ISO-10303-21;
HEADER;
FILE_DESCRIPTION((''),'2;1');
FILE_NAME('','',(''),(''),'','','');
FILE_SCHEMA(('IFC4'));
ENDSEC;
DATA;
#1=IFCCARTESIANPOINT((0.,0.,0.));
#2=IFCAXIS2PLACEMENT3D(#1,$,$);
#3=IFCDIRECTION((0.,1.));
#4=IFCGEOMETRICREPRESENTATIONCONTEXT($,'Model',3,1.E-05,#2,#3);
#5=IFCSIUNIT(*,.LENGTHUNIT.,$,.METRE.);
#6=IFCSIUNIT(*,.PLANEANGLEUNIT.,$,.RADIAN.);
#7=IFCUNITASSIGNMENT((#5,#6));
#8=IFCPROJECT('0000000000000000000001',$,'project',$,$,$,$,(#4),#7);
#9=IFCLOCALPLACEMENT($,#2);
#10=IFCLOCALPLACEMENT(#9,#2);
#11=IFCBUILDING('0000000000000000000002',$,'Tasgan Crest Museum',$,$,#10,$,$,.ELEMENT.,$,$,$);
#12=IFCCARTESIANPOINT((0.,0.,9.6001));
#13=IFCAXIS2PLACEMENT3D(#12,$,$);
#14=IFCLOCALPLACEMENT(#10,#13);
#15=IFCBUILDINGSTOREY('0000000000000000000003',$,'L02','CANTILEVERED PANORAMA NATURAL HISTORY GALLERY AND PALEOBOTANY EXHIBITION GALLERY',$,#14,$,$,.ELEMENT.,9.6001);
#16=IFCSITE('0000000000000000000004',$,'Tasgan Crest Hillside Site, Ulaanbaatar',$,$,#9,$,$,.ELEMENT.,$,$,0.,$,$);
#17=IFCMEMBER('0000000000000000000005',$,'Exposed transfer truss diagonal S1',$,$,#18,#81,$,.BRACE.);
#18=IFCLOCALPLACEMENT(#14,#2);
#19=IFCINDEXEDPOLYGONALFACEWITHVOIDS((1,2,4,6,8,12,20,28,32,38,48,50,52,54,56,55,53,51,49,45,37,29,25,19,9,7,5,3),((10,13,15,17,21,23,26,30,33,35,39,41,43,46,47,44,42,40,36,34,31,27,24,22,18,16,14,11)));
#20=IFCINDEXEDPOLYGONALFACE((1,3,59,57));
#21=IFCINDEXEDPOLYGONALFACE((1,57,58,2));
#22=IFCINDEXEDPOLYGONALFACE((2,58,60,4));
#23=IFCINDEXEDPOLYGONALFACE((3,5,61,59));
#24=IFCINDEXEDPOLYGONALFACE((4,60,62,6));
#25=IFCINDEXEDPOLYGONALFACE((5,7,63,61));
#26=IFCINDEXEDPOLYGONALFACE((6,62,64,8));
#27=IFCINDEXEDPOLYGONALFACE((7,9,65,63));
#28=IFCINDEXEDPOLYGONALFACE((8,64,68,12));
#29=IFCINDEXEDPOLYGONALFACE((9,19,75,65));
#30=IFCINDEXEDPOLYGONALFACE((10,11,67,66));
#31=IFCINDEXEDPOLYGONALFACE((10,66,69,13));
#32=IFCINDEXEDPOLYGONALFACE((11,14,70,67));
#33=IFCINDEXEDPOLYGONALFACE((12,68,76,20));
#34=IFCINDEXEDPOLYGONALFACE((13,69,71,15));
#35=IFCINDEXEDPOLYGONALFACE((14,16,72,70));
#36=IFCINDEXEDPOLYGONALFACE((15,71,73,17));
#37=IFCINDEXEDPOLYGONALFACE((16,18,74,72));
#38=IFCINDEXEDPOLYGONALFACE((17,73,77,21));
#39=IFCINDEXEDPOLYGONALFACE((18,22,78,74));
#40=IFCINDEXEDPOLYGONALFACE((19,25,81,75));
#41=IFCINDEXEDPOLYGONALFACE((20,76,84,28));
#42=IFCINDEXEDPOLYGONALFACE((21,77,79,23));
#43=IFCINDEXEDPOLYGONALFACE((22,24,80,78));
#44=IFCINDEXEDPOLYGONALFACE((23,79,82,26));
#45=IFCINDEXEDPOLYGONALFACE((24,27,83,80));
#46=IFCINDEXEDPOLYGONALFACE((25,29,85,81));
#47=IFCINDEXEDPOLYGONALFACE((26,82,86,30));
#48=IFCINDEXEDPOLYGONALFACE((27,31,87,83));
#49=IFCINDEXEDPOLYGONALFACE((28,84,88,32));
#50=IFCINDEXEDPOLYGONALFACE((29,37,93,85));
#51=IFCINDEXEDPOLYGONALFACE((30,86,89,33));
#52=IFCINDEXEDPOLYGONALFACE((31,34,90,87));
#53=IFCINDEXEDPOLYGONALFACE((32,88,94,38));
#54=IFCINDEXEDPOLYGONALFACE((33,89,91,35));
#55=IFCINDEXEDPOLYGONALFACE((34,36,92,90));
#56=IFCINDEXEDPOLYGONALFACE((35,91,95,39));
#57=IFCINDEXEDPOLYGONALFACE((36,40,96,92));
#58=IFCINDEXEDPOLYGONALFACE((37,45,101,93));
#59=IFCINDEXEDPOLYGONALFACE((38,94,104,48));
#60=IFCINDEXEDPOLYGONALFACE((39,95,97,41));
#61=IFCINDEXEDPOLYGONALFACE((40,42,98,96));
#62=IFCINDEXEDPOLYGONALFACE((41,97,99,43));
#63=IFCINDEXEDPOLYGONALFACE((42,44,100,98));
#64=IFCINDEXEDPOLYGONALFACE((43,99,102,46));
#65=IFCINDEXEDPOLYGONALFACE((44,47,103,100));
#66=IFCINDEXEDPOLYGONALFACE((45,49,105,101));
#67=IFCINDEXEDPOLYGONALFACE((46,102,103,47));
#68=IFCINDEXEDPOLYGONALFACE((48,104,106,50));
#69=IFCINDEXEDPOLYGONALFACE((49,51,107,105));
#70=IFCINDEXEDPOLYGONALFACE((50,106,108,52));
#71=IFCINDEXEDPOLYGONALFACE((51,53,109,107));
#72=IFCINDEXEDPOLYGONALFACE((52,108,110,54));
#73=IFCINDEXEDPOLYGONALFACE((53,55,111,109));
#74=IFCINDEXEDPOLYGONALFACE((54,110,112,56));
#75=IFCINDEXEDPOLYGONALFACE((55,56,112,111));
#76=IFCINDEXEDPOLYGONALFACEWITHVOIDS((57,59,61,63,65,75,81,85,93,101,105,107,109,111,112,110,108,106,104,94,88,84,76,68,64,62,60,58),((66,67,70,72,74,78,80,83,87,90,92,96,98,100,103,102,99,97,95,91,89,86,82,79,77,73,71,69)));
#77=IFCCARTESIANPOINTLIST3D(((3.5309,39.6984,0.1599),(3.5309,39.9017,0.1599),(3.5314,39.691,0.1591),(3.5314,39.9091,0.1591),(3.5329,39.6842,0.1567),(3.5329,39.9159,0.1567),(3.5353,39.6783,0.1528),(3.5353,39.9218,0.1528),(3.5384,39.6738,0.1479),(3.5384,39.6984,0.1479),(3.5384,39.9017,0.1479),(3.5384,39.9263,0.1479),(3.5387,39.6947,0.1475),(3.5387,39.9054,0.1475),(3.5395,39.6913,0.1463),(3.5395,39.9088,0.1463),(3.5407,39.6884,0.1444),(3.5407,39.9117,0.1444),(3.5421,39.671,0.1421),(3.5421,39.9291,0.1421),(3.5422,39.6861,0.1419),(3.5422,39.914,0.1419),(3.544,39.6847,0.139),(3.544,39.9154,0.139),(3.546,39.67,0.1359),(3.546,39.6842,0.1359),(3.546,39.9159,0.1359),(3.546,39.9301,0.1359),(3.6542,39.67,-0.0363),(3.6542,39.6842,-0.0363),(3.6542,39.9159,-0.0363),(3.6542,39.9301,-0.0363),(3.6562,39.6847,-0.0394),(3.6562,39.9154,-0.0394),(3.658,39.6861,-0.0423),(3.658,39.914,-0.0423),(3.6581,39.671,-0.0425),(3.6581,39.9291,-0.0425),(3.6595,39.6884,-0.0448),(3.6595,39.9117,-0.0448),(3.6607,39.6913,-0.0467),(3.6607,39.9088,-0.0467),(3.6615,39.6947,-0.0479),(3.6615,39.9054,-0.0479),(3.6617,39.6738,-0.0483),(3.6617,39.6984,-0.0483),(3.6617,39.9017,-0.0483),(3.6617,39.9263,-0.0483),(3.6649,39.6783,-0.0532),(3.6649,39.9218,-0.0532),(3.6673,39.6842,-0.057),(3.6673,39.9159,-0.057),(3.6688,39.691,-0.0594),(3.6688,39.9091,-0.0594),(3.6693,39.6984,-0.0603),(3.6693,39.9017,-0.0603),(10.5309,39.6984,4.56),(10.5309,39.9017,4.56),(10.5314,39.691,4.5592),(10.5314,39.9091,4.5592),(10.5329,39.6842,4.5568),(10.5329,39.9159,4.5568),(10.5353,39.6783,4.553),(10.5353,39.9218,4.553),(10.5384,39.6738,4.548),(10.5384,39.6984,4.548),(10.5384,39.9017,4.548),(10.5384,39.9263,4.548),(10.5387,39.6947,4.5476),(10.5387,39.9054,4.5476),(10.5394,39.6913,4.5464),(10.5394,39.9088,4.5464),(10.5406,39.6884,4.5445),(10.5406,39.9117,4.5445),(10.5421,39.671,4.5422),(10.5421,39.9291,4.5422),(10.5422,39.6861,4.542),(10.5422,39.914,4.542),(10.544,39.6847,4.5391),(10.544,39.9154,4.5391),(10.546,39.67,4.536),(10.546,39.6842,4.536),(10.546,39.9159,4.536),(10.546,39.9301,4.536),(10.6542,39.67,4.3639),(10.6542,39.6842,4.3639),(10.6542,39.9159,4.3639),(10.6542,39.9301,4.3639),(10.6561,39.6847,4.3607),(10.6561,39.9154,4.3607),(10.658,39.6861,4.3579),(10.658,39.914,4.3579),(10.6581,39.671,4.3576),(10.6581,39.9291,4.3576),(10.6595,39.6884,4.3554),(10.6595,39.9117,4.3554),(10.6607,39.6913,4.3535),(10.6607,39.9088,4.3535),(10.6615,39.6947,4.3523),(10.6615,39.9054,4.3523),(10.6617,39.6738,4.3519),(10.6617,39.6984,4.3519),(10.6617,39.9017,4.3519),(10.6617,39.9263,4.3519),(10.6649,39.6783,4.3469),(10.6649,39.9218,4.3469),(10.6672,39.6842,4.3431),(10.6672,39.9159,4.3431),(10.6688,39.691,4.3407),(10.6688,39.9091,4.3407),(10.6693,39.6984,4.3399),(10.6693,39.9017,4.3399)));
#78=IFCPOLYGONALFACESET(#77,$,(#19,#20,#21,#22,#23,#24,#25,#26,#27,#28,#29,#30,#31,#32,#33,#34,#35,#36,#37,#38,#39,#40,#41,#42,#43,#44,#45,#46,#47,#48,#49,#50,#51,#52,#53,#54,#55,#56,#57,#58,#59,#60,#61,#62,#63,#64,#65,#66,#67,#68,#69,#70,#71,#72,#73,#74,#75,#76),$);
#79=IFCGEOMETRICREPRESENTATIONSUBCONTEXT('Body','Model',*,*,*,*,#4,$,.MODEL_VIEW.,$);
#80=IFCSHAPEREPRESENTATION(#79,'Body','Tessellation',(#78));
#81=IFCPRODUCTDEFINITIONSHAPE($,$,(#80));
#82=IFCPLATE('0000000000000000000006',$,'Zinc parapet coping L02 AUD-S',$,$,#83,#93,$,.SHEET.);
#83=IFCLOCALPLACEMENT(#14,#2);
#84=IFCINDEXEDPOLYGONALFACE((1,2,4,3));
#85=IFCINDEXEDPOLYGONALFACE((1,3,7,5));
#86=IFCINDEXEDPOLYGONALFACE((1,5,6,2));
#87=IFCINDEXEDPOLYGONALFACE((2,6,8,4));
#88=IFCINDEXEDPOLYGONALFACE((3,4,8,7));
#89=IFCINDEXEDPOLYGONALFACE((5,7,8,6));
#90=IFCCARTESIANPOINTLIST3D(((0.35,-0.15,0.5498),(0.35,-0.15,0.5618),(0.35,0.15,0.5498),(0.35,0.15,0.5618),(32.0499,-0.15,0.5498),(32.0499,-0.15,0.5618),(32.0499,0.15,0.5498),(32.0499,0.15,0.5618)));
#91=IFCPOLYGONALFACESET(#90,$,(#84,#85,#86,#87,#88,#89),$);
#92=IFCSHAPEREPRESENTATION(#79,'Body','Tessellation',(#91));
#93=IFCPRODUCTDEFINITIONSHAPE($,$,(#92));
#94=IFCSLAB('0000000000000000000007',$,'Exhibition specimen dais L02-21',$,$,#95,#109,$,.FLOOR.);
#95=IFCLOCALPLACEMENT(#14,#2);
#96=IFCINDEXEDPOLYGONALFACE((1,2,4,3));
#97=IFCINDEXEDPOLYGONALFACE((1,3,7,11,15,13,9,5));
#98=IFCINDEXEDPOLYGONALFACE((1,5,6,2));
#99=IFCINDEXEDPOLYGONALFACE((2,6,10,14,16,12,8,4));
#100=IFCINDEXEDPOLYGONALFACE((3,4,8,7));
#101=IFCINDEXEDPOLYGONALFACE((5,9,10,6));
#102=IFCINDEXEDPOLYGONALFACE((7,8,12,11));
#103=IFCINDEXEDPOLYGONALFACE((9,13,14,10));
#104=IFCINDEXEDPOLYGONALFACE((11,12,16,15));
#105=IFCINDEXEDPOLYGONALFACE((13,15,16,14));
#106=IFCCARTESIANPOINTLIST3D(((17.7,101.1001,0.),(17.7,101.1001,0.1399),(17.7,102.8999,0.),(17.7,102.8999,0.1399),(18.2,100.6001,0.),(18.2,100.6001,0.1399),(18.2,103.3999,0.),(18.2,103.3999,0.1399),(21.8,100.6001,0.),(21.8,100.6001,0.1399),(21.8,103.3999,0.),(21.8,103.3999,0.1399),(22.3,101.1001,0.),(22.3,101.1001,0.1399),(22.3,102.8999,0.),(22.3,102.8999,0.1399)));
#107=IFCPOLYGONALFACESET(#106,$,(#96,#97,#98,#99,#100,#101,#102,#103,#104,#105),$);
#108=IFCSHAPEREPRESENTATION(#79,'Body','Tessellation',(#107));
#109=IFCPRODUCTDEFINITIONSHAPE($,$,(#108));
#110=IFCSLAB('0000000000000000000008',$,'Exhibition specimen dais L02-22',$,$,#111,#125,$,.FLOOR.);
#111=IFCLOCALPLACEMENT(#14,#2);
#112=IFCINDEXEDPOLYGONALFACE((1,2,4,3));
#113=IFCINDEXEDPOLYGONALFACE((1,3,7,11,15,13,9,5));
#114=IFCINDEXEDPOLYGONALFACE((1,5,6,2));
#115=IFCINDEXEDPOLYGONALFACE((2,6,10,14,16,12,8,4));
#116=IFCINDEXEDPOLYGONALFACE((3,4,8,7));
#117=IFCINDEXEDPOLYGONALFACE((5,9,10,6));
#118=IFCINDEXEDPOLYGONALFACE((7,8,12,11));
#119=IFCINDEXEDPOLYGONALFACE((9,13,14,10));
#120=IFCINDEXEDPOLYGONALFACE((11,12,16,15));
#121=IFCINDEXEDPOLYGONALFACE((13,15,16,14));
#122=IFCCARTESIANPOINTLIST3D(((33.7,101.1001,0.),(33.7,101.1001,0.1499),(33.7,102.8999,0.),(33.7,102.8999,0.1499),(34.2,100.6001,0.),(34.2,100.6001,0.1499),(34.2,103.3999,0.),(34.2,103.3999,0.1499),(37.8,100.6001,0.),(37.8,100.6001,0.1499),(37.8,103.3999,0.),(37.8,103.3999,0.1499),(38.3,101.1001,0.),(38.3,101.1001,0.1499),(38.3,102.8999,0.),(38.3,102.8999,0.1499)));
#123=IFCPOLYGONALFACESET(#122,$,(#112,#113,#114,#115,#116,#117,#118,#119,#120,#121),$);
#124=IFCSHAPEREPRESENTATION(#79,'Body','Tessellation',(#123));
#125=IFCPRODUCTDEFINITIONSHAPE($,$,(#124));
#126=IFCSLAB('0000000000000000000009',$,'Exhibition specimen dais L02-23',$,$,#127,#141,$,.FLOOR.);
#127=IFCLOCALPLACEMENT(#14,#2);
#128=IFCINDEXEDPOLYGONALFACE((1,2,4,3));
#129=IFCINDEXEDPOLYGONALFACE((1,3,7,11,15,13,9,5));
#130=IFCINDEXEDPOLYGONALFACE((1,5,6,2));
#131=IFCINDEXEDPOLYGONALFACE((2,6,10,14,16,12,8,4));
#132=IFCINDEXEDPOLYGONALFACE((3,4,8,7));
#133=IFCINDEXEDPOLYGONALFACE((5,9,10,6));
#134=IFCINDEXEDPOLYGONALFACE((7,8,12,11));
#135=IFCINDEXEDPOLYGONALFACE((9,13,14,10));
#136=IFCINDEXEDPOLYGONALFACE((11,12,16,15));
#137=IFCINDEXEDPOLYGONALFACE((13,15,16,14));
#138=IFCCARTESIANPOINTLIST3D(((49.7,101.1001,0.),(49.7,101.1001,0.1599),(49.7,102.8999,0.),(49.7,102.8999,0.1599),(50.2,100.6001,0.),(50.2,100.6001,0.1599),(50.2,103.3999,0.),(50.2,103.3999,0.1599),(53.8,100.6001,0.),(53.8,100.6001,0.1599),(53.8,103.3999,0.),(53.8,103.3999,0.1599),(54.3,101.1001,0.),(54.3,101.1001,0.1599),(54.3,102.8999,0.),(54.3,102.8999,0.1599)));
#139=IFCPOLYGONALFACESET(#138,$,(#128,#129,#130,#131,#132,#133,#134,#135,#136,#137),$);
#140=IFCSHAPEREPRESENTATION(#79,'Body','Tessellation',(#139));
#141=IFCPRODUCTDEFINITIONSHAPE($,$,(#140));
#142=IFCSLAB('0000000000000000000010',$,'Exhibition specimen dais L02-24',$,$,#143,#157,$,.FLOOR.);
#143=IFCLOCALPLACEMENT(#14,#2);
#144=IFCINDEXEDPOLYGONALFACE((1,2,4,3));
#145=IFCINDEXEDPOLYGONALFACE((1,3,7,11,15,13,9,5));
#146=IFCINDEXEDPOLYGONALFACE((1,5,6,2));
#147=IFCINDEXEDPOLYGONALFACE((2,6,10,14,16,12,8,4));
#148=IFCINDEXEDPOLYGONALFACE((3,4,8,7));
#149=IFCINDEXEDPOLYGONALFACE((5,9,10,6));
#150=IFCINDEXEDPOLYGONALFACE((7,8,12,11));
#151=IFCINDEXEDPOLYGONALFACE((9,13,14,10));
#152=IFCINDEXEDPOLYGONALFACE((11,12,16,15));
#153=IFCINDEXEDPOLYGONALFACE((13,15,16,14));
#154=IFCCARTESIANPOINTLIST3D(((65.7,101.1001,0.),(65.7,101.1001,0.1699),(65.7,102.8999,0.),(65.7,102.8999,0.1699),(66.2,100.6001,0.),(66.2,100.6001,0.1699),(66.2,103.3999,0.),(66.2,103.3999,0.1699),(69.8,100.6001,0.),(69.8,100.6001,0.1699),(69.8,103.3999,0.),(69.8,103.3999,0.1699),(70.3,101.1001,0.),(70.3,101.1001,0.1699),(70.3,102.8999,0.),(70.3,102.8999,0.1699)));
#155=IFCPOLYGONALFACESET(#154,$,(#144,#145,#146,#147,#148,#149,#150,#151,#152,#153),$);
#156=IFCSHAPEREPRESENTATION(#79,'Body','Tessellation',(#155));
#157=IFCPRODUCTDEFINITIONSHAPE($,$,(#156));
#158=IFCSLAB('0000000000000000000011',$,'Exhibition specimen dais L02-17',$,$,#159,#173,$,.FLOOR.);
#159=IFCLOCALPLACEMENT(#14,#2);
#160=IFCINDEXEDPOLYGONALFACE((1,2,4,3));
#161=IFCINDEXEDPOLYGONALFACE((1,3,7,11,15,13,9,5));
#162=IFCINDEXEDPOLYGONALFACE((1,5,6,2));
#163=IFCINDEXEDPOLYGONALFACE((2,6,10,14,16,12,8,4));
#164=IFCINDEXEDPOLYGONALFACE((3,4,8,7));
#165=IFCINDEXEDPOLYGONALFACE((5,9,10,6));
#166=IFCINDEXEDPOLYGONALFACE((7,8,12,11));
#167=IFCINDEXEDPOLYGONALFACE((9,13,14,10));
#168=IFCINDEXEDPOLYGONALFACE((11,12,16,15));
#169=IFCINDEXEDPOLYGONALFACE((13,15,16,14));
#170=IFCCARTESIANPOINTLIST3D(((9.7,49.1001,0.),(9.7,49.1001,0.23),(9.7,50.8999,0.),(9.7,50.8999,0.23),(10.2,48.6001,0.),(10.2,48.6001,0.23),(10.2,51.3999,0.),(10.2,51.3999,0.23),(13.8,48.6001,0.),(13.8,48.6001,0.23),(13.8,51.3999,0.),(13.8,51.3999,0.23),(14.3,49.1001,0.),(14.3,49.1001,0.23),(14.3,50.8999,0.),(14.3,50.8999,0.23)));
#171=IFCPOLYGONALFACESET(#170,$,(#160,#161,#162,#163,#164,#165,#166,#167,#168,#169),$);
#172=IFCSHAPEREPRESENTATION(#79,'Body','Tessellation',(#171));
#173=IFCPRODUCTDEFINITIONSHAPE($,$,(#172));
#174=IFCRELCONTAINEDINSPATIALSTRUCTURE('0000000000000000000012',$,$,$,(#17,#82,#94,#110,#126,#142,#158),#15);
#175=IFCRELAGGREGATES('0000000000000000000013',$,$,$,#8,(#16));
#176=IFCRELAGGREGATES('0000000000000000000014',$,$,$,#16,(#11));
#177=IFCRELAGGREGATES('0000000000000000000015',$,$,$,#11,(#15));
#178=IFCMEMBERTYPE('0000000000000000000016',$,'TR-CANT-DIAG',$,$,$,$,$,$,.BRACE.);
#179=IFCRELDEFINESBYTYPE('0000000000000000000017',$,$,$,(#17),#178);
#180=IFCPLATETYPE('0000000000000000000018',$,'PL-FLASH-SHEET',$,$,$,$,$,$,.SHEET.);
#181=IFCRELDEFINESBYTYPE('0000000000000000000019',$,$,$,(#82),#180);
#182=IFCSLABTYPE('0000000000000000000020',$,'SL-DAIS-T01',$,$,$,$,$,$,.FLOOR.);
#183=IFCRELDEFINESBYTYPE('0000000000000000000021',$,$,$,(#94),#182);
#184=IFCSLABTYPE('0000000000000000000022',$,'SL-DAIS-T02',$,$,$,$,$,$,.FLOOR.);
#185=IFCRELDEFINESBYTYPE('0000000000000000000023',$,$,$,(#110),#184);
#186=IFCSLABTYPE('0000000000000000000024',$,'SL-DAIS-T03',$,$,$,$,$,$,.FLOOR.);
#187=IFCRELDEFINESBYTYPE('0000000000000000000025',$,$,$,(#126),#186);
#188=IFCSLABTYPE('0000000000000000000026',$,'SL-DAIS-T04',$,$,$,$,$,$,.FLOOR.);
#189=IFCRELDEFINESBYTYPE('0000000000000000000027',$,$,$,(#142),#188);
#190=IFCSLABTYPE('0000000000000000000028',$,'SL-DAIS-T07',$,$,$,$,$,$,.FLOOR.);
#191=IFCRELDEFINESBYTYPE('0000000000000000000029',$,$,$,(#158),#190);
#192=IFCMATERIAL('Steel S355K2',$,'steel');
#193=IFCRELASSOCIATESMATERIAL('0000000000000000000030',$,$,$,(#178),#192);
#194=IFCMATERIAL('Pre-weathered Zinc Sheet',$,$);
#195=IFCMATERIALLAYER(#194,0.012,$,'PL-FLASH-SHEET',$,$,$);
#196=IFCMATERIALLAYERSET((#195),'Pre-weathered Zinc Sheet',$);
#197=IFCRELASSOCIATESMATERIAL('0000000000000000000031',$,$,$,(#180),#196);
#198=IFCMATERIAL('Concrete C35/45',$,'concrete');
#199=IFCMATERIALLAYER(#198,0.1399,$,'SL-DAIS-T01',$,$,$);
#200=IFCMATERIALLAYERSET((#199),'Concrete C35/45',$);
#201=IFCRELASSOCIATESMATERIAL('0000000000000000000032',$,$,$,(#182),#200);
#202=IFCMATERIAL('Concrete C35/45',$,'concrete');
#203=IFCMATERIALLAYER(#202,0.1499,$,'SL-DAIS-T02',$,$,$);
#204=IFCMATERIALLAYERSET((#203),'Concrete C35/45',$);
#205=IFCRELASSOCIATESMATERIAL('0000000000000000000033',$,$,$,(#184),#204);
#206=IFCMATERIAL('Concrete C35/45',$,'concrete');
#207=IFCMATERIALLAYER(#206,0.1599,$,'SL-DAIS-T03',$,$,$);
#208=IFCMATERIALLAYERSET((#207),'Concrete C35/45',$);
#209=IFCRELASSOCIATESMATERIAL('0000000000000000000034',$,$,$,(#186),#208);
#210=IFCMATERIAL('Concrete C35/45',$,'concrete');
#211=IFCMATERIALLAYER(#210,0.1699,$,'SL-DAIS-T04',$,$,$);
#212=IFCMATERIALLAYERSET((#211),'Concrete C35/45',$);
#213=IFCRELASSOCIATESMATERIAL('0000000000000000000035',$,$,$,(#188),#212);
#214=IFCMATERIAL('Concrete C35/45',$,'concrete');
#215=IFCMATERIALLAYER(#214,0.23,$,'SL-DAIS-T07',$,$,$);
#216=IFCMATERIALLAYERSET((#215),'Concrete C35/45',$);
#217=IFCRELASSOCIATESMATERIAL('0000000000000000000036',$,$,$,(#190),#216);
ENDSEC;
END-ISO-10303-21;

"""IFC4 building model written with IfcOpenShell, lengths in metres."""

from ifc_helpers import new_model, si_unit, direction, frame, origin, origin_2d, place, context, subcontext, project, spatial, polyline, rectangle, hollow_rectangle, outline, extrude, material, layer, layer_set, material_profile, profile_set, type_object, element, save


model = new_model("IFC4")

# Units and contexts
model_context = context("Model", 3, precision=1e-05, world=origin(), true_north=direction((0.0, 1.0)))
body_context = subcontext(model_context, "Body", "Model", "MODEL_VIEW")
ifc_project = project(units=[si_unit("LENGTHUNIT", "METRE"), si_unit("PLANEANGLEUNIT", "RADIAN")], contexts=[model_context])

# Site, building, storey
site_placement = place(None, origin())
site = spatial("IfcSite", under=ifc_project, at=site_placement, Name="Tasgan Crest Hillside Site, Ulaanbaatar", CompositionType="ELEMENT", RefElevation=0.0)
building_placement = place(site_placement, origin())
building = spatial("IfcBuilding", under=site, at=building_placement, Name="Tasgan Crest Museum", CompositionType="ELEMENT")
storey_placement = place(building_placement, frame((0.0, 0.0, 9.6001)))
storey = spatial("IfcBuildingStorey", under=building, at=storey_placement, Name="L02", Description="CANTILEVERED PANORAMA NATURAL HISTORY GALLERY AND PALEOBOTANY EXHIBITION GALLERY", CompositionType="ELEMENT", Elevation=9.6001)

# Member
ifc_material_1 = material(Name="Steel S355K2", Category="steel")
ifc_material_profile_1 = material_profile(ifc_material_1, hollow_rectangle(XDim=0.26, YDim=0.26, WallThickness=0.0142, InnerFilletRadius=0.0142, OuterFilletRadius=0.0283, at=origin_2d()), Name="SHS 260x260x14.2")
ifc_profile_set_1 = profile_set([ifc_material_profile_1], Name="Steel S355K2")
member_type = type_object("IfcMemberType", Name="TR-CANT-DIAG", PredefinedType="BRACE", material=ifc_profile_set_1)
member_placement = place(storey_placement, frame((3.6001, 39.8, 0.0498), z_axis=(0.846629, 0.0, 0.532184), x_axis=(0.0, 1.0, 0.0)))
element("IfcMember", 1, at=member_placement, inside=storey, type_object=member_type, Name="Exposed transfer truss diagonal S1", PredefinedType="BRACE", context=body_context, shape_type="SweptSolid", body=[
    extrude(hollow_rectangle(XDim=0.26, YDim=0.26, WallThickness=0.0142, InnerFilletRadius=0.0142, OuterFilletRadius=0.0283, at=origin_2d()), origin(), (0.0, 0.0, 1.0), 8.2681),
])

# Plate
ifc_material_2 = material(Name="Pre-weathered Zinc Sheet")
ifc_layer_1 = layer(ifc_material_2, 0.012, Name="PL-FLASH-SHEET")
ifc_layer_set_1 = layer_set([ifc_layer_1], Name="Pre-weathered Zinc Sheet")
plate_type = type_object("IfcPlateType", Name="PL-FLASH-SHEET", PredefinedType="SHEET", material=ifc_layer_set_1)
plate_placement = place(storey_placement, frame((16.2, 0.0, 0.5498), z_axis=(0.0, 0.0, 1.0), x_axis=(1.0, 0.0, 0.0)))
element("IfcPlate", 2, at=plate_placement, inside=storey, type_object=plate_type, Name="Zinc parapet coping L02 AUD-S", PredefinedType="SHEET", context=body_context, shape_type="SweptSolid", body=[
    extrude(rectangle(XDim=31.7, YDim=0.3, at=origin_2d()), origin(), (0.0, 0.0, 1.0), 0.012),
])

# Slabs
ifc_material_3 = material(Name="Concrete C35/45", Category="concrete")
ifc_layer_2 = layer(ifc_material_3, 0.1399, Name="SL-DAIS-T01")
ifc_layer_set_2 = layer_set([ifc_layer_2], Name="Concrete C35/45")
slab_type_1 = type_object("IfcSlabType", Name="SL-DAIS-T01", PredefinedType="FLOOR", material=ifc_layer_set_2)
slab_1_placement = place(storey_placement, origin())
element("IfcSlab", 3, at=slab_1_placement, inside=storey, type_object=slab_type_1, Name="Exhibition specimen dais L02-21", PredefinedType="FLOOR", context=body_context, shape_type="SweptSolid", body=[
    extrude(outline(polyline([(18.2, 100.6001), (21.8, 100.6001), (22.3, 101.1001), (22.3, 102.8999), (21.8, 103.3999), (18.2, 103.3999), (17.7, 102.8999), (17.7, 101.1001), (18.2, 100.6001)])), origin(), (0.0, 0.0, 1.0), 0.1399),
])
ifc_material_4 = material(Name="Concrete C35/45", Category="concrete")
ifc_layer_3 = layer(ifc_material_4, 0.1499, Name="SL-DAIS-T02")
ifc_layer_set_3 = layer_set([ifc_layer_3], Name="Concrete C35/45")
slab_type_2 = type_object("IfcSlabType", Name="SL-DAIS-T02", PredefinedType="FLOOR", material=ifc_layer_set_3)
slab_2_placement = place(storey_placement, origin())
element("IfcSlab", 4, at=slab_2_placement, inside=storey, type_object=slab_type_2, Name="Exhibition specimen dais L02-22", PredefinedType="FLOOR", context=body_context, shape_type="SweptSolid", body=[
    extrude(outline(polyline([(34.2, 100.6001), (37.8, 100.6001), (38.3, 101.1001), (38.3, 102.8999), (37.8, 103.3999), (34.2, 103.3999), (33.7, 102.8999), (33.7, 101.1001), (34.2, 100.6001)])), origin(), (0.0, 0.0, 1.0), 0.1499),
])
ifc_material_5 = material(Name="Concrete C35/45", Category="concrete")
ifc_layer_4 = layer(ifc_material_5, 0.1599, Name="SL-DAIS-T03")
ifc_layer_set_4 = layer_set([ifc_layer_4], Name="Concrete C35/45")
slab_type_3 = type_object("IfcSlabType", Name="SL-DAIS-T03", PredefinedType="FLOOR", material=ifc_layer_set_4)
slab_3_placement = place(storey_placement, origin())
element("IfcSlab", 5, at=slab_3_placement, inside=storey, type_object=slab_type_3, Name="Exhibition specimen dais L02-23", PredefinedType="FLOOR", context=body_context, shape_type="SweptSolid", body=[
    extrude(outline(polyline([(50.2, 100.6001), (53.8, 100.6001), (54.3, 101.1001), (54.3, 102.8999), (53.8, 103.3999), (50.2, 103.3999), (49.7, 102.8999), (49.7, 101.1001), (50.2, 100.6001)])), origin(), (0.0, 0.0, 1.0), 0.1599),
])
ifc_material_6 = material(Name="Concrete C35/45", Category="concrete")
ifc_layer_5 = layer(ifc_material_6, 0.1699, Name="SL-DAIS-T04")
ifc_layer_set_5 = layer_set([ifc_layer_5], Name="Concrete C35/45")
slab_type_4 = type_object("IfcSlabType", Name="SL-DAIS-T04", PredefinedType="FLOOR", material=ifc_layer_set_5)
slab_4_placement = place(storey_placement, origin())
element("IfcSlab", 6, at=slab_4_placement, inside=storey, type_object=slab_type_4, Name="Exhibition specimen dais L02-24", PredefinedType="FLOOR", context=body_context, shape_type="SweptSolid", body=[
    extrude(outline(polyline([(66.2, 100.6001), (69.8, 100.6001), (70.3, 101.1001), (70.3, 102.8999), (69.8, 103.3999), (66.2, 103.3999), (65.7, 102.8999), (65.7, 101.1001), (66.2, 100.6001)])), origin(), (0.0, 0.0, 1.0), 0.1699),
])
ifc_material_7 = material(Name="Concrete C35/45", Category="concrete")
ifc_layer_6 = layer(ifc_material_7, 0.23, Name="SL-DAIS-T07")
ifc_layer_set_6 = layer_set([ifc_layer_6], Name="Concrete C35/45")
slab_type_5 = type_object("IfcSlabType", Name="SL-DAIS-T07", PredefinedType="FLOOR", material=ifc_layer_set_6)
slab_5_placement = place(storey_placement, origin())
element("IfcSlab", 7, at=slab_5_placement, inside=storey, type_object=slab_type_5, Name="Exhibition specimen dais L02-17", PredefinedType="FLOOR", context=body_context, shape_type="SweptSolid", body=[
    extrude(outline(polyline([(10.2, 48.6001), (13.8, 48.6001), (14.3, 49.1001), (14.3, 50.8999), (13.8, 51.3999), (10.2, 51.3999), (9.7, 50.8999), (9.7, 49.1001), (10.2, 48.6001)])), origin(), (0.0, 0.0, 1.0), 0.23),
])

save(model, "model.ifc")
